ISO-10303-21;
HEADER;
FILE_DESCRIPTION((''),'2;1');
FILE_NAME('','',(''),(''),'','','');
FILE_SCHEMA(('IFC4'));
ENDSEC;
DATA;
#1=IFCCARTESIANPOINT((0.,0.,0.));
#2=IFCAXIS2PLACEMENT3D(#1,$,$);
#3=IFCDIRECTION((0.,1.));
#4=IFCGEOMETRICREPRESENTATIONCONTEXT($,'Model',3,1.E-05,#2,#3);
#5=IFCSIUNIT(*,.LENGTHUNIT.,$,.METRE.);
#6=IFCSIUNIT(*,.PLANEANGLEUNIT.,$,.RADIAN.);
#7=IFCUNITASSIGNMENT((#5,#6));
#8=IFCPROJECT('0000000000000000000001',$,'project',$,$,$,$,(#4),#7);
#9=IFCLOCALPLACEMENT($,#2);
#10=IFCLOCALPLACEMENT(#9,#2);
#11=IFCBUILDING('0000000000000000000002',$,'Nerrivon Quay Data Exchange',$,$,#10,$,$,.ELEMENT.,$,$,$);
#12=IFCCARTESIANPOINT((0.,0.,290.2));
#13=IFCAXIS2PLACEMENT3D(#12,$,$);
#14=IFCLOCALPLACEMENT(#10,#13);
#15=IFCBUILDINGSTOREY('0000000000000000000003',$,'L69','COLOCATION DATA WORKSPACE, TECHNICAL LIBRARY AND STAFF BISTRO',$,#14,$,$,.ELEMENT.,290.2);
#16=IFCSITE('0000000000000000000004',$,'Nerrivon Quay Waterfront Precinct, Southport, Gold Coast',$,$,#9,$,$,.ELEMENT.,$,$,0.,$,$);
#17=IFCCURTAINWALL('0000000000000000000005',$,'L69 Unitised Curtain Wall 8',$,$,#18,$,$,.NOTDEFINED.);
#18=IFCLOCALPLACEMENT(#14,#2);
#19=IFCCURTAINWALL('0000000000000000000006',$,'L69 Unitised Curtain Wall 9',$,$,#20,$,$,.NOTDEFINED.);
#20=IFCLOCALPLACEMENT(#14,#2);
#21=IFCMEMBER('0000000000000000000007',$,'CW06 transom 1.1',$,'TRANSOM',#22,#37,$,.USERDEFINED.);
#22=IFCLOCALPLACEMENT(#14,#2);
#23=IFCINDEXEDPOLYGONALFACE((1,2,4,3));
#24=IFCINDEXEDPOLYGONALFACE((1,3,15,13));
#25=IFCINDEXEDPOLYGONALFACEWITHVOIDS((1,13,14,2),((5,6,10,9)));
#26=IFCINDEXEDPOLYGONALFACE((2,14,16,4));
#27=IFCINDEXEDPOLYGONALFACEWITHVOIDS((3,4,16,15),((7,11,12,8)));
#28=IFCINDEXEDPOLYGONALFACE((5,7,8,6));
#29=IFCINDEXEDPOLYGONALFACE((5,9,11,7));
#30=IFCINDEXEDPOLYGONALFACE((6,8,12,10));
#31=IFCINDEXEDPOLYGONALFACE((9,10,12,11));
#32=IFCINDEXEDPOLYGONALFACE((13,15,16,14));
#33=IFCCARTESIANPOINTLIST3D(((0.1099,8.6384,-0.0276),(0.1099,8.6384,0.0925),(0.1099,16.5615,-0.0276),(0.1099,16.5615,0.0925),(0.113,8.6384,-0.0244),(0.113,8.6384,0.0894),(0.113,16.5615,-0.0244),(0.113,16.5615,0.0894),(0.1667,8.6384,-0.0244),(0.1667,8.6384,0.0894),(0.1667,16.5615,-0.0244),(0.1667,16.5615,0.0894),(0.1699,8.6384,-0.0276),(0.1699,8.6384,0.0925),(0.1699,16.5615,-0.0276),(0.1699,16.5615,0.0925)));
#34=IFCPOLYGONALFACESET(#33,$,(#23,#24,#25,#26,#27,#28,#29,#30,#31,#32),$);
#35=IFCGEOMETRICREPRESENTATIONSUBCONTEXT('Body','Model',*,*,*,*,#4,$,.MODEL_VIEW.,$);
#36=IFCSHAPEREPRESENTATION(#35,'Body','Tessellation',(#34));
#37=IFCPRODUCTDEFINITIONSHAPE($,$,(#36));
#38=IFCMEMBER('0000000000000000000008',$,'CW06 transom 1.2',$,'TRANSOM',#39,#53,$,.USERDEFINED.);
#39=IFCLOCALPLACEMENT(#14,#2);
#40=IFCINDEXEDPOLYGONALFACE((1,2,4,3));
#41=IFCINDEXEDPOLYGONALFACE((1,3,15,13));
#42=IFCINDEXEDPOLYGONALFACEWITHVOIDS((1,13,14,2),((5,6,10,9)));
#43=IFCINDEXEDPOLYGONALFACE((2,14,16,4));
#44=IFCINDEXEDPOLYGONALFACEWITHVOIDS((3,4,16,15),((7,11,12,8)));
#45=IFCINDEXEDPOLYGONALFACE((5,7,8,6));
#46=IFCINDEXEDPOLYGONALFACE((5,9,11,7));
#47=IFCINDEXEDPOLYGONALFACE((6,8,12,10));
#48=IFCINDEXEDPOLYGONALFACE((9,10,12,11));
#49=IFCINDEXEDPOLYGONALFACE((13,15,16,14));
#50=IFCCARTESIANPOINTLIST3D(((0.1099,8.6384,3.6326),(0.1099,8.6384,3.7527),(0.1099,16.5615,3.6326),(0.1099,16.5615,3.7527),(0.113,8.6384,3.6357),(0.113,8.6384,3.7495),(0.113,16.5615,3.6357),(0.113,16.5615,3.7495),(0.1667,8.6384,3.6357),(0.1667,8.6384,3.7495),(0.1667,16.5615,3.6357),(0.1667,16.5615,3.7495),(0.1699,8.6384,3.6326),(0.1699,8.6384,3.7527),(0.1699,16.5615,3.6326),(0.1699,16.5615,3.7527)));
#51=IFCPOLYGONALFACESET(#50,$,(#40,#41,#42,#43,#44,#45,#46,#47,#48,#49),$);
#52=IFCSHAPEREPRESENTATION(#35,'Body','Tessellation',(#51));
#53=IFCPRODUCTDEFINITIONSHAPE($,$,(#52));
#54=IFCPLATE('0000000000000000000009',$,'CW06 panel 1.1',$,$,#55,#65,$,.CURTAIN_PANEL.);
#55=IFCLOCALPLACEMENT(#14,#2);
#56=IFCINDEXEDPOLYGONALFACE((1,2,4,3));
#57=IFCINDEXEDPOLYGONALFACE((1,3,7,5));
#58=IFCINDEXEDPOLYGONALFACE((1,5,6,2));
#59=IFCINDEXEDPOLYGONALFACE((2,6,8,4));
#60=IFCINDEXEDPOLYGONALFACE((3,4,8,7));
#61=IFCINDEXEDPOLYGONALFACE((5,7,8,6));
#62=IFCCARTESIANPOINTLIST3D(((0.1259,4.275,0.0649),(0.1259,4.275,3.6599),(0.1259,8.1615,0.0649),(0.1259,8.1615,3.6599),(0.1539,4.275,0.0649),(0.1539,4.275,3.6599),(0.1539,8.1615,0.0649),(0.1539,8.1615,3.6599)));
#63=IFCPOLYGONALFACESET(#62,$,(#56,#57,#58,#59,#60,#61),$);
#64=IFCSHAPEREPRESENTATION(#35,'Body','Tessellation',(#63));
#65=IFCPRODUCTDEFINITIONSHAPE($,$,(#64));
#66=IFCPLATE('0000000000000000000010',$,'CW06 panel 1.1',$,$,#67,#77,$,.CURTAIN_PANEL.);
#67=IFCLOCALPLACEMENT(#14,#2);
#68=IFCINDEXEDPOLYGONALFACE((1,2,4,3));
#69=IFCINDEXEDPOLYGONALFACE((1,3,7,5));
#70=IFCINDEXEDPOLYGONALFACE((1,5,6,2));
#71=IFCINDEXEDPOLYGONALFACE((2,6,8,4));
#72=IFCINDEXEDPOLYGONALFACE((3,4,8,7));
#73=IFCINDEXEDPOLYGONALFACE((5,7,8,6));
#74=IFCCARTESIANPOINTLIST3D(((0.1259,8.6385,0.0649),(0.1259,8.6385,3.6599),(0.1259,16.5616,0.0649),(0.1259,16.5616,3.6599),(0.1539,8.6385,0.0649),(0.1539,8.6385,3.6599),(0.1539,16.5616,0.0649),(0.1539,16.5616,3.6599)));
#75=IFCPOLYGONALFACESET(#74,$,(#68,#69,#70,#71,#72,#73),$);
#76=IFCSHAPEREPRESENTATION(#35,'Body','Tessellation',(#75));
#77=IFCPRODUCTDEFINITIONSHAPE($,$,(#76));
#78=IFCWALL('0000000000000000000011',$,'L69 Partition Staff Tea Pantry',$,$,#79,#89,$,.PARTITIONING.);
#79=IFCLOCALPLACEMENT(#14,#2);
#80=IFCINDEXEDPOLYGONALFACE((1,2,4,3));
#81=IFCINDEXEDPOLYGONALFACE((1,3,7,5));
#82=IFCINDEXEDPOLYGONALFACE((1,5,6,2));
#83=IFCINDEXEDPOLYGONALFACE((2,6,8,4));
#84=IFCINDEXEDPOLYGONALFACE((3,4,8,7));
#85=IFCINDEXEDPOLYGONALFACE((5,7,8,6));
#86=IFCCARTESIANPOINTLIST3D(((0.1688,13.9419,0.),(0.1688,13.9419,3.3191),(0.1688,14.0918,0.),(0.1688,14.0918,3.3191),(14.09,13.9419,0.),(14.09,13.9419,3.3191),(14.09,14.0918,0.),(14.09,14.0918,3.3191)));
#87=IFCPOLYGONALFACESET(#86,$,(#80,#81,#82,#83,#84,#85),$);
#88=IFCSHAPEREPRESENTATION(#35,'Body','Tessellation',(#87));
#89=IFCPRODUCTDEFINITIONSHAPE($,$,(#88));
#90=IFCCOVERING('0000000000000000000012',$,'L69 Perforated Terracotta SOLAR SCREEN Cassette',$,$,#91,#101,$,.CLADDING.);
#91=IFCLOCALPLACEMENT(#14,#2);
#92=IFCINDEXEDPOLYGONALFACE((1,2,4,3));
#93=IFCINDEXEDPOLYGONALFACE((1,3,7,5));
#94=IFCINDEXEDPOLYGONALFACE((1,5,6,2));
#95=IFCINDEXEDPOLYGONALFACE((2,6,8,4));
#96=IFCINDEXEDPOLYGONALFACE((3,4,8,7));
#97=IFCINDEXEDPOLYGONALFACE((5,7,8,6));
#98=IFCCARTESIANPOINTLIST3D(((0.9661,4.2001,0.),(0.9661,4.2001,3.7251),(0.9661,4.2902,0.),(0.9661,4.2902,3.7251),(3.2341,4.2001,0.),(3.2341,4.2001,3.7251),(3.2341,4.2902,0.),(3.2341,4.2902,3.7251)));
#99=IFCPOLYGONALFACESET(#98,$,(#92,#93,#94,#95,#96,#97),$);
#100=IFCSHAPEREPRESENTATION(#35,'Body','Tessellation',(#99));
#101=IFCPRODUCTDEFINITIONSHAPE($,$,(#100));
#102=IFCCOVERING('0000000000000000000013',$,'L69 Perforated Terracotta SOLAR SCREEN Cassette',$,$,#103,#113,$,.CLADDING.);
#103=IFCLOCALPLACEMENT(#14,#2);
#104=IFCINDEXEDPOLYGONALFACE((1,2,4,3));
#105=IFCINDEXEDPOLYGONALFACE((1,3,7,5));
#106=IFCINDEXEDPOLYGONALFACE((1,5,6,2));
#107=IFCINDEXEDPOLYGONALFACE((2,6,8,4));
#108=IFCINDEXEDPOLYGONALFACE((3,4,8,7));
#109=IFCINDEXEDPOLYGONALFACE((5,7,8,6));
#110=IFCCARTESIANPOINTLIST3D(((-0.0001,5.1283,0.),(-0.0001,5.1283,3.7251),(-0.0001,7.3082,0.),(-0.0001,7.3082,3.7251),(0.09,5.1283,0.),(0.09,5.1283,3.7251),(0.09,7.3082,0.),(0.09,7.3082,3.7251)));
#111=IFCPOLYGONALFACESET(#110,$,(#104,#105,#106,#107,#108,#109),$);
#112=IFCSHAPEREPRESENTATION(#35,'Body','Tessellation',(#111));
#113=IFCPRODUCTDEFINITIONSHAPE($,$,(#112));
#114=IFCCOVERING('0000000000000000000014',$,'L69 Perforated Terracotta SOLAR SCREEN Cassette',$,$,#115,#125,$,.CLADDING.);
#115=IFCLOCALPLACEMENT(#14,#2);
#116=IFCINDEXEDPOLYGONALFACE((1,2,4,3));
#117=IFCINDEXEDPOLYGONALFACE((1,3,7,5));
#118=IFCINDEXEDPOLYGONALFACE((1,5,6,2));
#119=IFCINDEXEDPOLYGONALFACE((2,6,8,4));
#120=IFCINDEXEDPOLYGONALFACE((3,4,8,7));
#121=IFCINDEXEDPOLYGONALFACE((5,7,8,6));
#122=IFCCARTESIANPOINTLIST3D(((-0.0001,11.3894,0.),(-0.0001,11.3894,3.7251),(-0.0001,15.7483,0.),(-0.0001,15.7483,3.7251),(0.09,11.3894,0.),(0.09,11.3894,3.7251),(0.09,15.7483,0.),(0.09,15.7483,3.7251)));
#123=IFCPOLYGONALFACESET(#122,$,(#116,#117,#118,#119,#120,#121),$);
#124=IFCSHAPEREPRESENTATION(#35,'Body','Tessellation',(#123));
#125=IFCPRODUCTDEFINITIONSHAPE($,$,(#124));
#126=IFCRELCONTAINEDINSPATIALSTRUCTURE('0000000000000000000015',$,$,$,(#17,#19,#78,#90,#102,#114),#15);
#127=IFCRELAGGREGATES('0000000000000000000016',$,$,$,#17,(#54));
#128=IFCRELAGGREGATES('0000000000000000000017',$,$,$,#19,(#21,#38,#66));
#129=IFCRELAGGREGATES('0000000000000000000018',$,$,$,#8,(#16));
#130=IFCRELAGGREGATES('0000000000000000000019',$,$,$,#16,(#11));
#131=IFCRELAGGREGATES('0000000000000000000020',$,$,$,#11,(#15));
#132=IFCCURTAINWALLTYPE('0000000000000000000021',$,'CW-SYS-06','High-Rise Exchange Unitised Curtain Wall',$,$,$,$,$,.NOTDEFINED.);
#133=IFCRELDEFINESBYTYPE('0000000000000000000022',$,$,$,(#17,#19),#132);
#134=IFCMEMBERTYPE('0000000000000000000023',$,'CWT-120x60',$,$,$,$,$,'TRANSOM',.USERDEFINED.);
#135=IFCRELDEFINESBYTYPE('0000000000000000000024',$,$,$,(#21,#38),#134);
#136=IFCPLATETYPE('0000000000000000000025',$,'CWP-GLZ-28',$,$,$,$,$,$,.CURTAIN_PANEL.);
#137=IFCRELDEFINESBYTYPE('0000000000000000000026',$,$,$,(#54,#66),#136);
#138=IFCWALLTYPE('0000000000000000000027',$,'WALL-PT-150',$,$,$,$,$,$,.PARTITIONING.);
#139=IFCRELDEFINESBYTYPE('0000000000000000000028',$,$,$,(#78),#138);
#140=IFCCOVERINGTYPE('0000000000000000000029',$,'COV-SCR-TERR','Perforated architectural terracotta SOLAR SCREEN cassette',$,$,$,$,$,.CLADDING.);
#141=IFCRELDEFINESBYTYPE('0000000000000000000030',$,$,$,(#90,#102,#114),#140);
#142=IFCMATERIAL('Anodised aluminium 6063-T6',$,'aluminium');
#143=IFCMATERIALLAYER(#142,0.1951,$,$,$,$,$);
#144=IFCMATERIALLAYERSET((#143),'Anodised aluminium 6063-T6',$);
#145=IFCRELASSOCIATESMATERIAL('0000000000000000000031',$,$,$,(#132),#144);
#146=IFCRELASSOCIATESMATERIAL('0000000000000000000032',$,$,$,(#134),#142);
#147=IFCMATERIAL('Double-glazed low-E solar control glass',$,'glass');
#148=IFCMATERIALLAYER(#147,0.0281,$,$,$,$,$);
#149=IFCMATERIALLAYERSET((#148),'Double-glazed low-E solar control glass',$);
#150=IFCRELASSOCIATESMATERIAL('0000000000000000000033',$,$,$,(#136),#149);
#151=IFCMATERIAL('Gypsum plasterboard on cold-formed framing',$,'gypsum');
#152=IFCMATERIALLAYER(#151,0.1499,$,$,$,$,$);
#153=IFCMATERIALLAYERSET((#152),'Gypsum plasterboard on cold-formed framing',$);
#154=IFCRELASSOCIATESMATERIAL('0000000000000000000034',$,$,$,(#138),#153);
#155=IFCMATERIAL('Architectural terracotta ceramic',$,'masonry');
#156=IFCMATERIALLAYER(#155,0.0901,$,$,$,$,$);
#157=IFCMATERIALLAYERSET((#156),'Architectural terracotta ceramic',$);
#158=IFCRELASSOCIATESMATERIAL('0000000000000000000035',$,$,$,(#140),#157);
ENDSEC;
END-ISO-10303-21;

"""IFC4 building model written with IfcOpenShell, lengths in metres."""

from ifc_helpers import new_model, si_unit, direction, frame, frame_2d, origin, origin_2d, place, context, subcontext, project, spatial, rectangle, hollow_rectangle, extrude, material, layer, layer_set, material_profile, profile_set, type_object, element, aggregate, save


model = new_model("IFC4")

# Units and contexts
model_context = context("Model", 3, precision=1e-05, world=origin(), true_north=direction((0.0, 1.0)))
body_context = subcontext(model_context, "Body", "Model", "MODEL_VIEW")
ifc_project = project(units=[si_unit("LENGTHUNIT", "METRE"), si_unit("PLANEANGLEUNIT", "RADIAN")], contexts=[model_context])

# Site, building, storey
site_placement = place(None, origin())
site = spatial("IfcSite", under=ifc_project, at=site_placement, Name="Nerrivon Quay Waterfront Precinct, Southport, Gold Coast", CompositionType="ELEMENT", RefElevation=0.0)
building_placement = place(site_placement, origin())
building = spatial("IfcBuilding", under=site, at=building_placement, Name="Nerrivon Quay Data Exchange", CompositionType="ELEMENT")
storey_placement = place(building_placement, frame((0.0, 0.0, 290.2)))
storey = spatial("IfcBuildingStorey", under=building, at=storey_placement, Name="L69", Description="COLOCATION DATA WORKSPACE, TECHNICAL LIBRARY AND STAFF BISTRO", CompositionType="ELEMENT", Elevation=290.2)

# Shared definitions
ifc_material_1 = material(Name="Anodised aluminium 6063-T6", Category="aluminium")
ifc_layer_1 = layer(ifc_material_1, 0.1951)
ifc_layer_set_1 = layer_set([ifc_layer_1], Name="Anodised aluminium 6063-T6")
curtain_wall_type = type_object("IfcCurtainWallType", Name="CW-SYS-06", Description="High-Rise Exchange Unitised Curtain Wall", PredefinedType="NOTDEFINED", material=ifc_layer_set_1)

# Curtain walls
curtain_wall_1_placement = place(storey_placement, origin())
curtain_wall_1 = element("IfcCurtainWall", 1, at=curtain_wall_1_placement, inside=storey, type_object=curtain_wall_type, Name="L69 Unitised Curtain Wall 8", PredefinedType="NOTDEFINED")
curtain_wall_2_placement = place(storey_placement, origin())
curtain_wall_2 = element("IfcCurtainWall", 2, at=curtain_wall_2_placement, inside=storey, type_object=curtain_wall_type, Name="L69 Unitised Curtain Wall 9", PredefinedType="NOTDEFINED")

# Members
ifc_material_profile_1 = material_profile(ifc_material_1, hollow_rectangle(XDim=0.0601, YDim=0.1201, WallThickness=0.0032, at=origin_2d()), Name="ALU-TRAN-120x60")
ifc_profile_set_1 = profile_set([ifc_material_profile_1], Name="Anodised aluminium 6063-T6")
member_type_1 = type_object("IfcMemberType", Name="CWT-120x60", ElementType="TRANSOM", PredefinedType="USERDEFINED", material=ifc_profile_set_1)
member_1_placement = place(storey_placement, frame((0.1399, 8.6384, 0.0325), z_axis=(0.0, 1.0, 0.0), x_axis=(-1.0, 0.0, 0.0)))
member_1 = element("IfcMember", 3, at=member_1_placement, type_object=member_type_1, Name="CW06 transom 1.1", ObjectType="TRANSOM", PredefinedType="USERDEFINED", context=body_context, shape_type="SweptSolid", body=[
    extrude(hollow_rectangle(XDim=0.0601, YDim=0.1201, WallThickness=0.0032, at=origin_2d()), origin(), (0.0, 0.0, 1.0), 7.9231),
])
member_2_placement = place(storey_placement, frame((0.1399, 8.6384, 3.6926), z_axis=(0.0, 1.0, 0.0), x_axis=(-1.0, 0.0, 0.0)))
member_2 = element("IfcMember", 4, at=member_2_placement, type_object=member_type_1, Name="CW06 transom 1.2", ObjectType="TRANSOM", PredefinedType="USERDEFINED", context=body_context, shape_type="SweptSolid", body=[
    extrude(hollow_rectangle(XDim=0.0601, YDim=0.1201, WallThickness=0.0032, at=origin_2d()), origin(), (0.0, 0.0, 1.0), 7.9231),
])

# Plates
ifc_material_2 = material(Name="Double-glazed low-E solar control glass", Category="glass")
ifc_layer_2 = layer(ifc_material_2, 0.0281)
ifc_layer_set_2 = layer_set([ifc_layer_2], Name="Double-glazed low-E solar control glass")
plate_type = type_object("IfcPlateType", Name="CWP-GLZ-28", PredefinedType="CURTAIN_PANEL", material=ifc_layer_set_2)
plate_1_placement = place(storey_placement, frame((0.1399, 6.2183, 0.0649), z_axis=(0.0, 0.0, 1.0), x_axis=(0.0, 1.0, 0.0)))
plate_1 = element("IfcPlate", 5, at=plate_1_placement, type_object=plate_type, Name="CW06 panel 1.1", PredefinedType="CURTAIN_PANEL", context=body_context, shape_type="SweptSolid", body=[
    extrude(rectangle(XDim=3.8865, YDim=0.0281, at=origin_2d()), origin(), (0.0, 0.0, 1.0), 3.595),
])
aggregate(curtain_wall_1, [plate_1])
plate_2_placement = place(storey_placement, frame((0.1399, 12.6001, 0.0649), z_axis=(0.0, 0.0, 1.0), x_axis=(0.0, 1.0, 0.0)))
plate_2 = element("IfcPlate", 6, at=plate_2_placement, type_object=plate_type, Name="CW06 panel 1.1", PredefinedType="CURTAIN_PANEL", context=body_context, shape_type="SweptSolid", body=[
    extrude(rectangle(XDim=7.9231, YDim=0.0281, at=origin_2d()), origin(), (0.0, 0.0, 1.0), 3.595),
])
aggregate(curtain_wall_2, [member_1, member_2, plate_2])

# Wall
ifc_material_3 = material(Name="Gypsum plasterboard on cold-formed framing", Category="gypsum")
ifc_layer_3 = layer(ifc_material_3, 0.1499)
ifc_layer_set_3 = layer_set([ifc_layer_3], Name="Gypsum plasterboard on cold-formed framing")
wall_type = type_object("IfcWallType", Name="WALL-PT-150", PredefinedType="PARTITIONING", material=ifc_layer_set_3)
wall_placement = place(storey_placement, frame((0.1689, 14.0168, 0.0), z_axis=(0.0, 0.0, 1.0), x_axis=(1.0, 0.0, 0.0)))
element("IfcWall", 7, at=wall_placement, inside=storey, type_object=wall_type, Name="L69 Partition Staff Tea Pantry", PredefinedType="PARTITIONING", context=body_context, shape_type="SweptSolid", body=[
    extrude(rectangle(XDim=13.9211, YDim=0.1499, at=frame_2d((6.9604, 0.0))), origin(), (0.0, 0.0, 1.0), 3.3191),
])

# Coverings
ifc_material_4 = material(Name="Architectural terracotta ceramic", Category="masonry")
ifc_layer_4 = layer(ifc_material_4, 0.0901)
ifc_layer_set_4 = layer_set([ifc_layer_4], Name="Architectural terracotta ceramic")
covering_type = type_object("IfcCoveringType", Name="COV-SCR-TERR", Description="Perforated architectural terracotta SOLAR SCREEN cassette", PredefinedType="CLADDING", material=ifc_layer_set_4)
covering_1_placement = place(storey_placement, frame((2.1001, 4.2451, 0.0), z_axis=(0.0, 0.0, 1.0), x_axis=(-1.0, 0.0, 0.0)))
element("IfcCovering", 8, at=covering_1_placement, inside=storey, type_object=covering_type, Name="L69 Perforated Terracotta SOLAR SCREEN Cassette", PredefinedType="CLADDING", context=body_context, shape_type="SweptSolid", body=[
    extrude(rectangle(XDim=2.2681, YDim=0.0901, at=origin_2d()), origin(), (0.0, 0.0, 1.0), 3.7251),
])
covering_2_placement = place(storey_placement, frame((0.0449, 6.2183, 0.0), z_axis=(0.0, 0.0, 1.0), x_axis=(0.0, 1.0, 0.0)))
element("IfcCovering", 9, at=covering_2_placement, inside=storey, type_object=covering_type, Name="L69 Perforated Terracotta SOLAR SCREEN Cassette", PredefinedType="CLADDING", context=body_context, shape_type="SweptSolid", body=[
    extrude(rectangle(XDim=2.1799, YDim=0.0901, at=origin_2d()), origin(), (0.0, 0.0, 1.0), 3.7251),
])
covering_3_placement = place(storey_placement, frame((0.0449, 13.5688, 0.0), z_axis=(0.0, 0.0, 1.0), x_axis=(0.0, 1.0, 0.0)))
element("IfcCovering", 10, at=covering_3_placement, inside=storey, type_object=covering_type, Name="L69 Perforated Terracotta SOLAR SCREEN Cassette", PredefinedType="CLADDING", context=body_context, shape_type="SweptSolid", body=[
    extrude(rectangle(XDim=4.3589, YDim=0.0901, at=origin_2d()), origin(), (0.0, 0.0, 1.0), 3.7251),
])

save(model, "model.ifc")
